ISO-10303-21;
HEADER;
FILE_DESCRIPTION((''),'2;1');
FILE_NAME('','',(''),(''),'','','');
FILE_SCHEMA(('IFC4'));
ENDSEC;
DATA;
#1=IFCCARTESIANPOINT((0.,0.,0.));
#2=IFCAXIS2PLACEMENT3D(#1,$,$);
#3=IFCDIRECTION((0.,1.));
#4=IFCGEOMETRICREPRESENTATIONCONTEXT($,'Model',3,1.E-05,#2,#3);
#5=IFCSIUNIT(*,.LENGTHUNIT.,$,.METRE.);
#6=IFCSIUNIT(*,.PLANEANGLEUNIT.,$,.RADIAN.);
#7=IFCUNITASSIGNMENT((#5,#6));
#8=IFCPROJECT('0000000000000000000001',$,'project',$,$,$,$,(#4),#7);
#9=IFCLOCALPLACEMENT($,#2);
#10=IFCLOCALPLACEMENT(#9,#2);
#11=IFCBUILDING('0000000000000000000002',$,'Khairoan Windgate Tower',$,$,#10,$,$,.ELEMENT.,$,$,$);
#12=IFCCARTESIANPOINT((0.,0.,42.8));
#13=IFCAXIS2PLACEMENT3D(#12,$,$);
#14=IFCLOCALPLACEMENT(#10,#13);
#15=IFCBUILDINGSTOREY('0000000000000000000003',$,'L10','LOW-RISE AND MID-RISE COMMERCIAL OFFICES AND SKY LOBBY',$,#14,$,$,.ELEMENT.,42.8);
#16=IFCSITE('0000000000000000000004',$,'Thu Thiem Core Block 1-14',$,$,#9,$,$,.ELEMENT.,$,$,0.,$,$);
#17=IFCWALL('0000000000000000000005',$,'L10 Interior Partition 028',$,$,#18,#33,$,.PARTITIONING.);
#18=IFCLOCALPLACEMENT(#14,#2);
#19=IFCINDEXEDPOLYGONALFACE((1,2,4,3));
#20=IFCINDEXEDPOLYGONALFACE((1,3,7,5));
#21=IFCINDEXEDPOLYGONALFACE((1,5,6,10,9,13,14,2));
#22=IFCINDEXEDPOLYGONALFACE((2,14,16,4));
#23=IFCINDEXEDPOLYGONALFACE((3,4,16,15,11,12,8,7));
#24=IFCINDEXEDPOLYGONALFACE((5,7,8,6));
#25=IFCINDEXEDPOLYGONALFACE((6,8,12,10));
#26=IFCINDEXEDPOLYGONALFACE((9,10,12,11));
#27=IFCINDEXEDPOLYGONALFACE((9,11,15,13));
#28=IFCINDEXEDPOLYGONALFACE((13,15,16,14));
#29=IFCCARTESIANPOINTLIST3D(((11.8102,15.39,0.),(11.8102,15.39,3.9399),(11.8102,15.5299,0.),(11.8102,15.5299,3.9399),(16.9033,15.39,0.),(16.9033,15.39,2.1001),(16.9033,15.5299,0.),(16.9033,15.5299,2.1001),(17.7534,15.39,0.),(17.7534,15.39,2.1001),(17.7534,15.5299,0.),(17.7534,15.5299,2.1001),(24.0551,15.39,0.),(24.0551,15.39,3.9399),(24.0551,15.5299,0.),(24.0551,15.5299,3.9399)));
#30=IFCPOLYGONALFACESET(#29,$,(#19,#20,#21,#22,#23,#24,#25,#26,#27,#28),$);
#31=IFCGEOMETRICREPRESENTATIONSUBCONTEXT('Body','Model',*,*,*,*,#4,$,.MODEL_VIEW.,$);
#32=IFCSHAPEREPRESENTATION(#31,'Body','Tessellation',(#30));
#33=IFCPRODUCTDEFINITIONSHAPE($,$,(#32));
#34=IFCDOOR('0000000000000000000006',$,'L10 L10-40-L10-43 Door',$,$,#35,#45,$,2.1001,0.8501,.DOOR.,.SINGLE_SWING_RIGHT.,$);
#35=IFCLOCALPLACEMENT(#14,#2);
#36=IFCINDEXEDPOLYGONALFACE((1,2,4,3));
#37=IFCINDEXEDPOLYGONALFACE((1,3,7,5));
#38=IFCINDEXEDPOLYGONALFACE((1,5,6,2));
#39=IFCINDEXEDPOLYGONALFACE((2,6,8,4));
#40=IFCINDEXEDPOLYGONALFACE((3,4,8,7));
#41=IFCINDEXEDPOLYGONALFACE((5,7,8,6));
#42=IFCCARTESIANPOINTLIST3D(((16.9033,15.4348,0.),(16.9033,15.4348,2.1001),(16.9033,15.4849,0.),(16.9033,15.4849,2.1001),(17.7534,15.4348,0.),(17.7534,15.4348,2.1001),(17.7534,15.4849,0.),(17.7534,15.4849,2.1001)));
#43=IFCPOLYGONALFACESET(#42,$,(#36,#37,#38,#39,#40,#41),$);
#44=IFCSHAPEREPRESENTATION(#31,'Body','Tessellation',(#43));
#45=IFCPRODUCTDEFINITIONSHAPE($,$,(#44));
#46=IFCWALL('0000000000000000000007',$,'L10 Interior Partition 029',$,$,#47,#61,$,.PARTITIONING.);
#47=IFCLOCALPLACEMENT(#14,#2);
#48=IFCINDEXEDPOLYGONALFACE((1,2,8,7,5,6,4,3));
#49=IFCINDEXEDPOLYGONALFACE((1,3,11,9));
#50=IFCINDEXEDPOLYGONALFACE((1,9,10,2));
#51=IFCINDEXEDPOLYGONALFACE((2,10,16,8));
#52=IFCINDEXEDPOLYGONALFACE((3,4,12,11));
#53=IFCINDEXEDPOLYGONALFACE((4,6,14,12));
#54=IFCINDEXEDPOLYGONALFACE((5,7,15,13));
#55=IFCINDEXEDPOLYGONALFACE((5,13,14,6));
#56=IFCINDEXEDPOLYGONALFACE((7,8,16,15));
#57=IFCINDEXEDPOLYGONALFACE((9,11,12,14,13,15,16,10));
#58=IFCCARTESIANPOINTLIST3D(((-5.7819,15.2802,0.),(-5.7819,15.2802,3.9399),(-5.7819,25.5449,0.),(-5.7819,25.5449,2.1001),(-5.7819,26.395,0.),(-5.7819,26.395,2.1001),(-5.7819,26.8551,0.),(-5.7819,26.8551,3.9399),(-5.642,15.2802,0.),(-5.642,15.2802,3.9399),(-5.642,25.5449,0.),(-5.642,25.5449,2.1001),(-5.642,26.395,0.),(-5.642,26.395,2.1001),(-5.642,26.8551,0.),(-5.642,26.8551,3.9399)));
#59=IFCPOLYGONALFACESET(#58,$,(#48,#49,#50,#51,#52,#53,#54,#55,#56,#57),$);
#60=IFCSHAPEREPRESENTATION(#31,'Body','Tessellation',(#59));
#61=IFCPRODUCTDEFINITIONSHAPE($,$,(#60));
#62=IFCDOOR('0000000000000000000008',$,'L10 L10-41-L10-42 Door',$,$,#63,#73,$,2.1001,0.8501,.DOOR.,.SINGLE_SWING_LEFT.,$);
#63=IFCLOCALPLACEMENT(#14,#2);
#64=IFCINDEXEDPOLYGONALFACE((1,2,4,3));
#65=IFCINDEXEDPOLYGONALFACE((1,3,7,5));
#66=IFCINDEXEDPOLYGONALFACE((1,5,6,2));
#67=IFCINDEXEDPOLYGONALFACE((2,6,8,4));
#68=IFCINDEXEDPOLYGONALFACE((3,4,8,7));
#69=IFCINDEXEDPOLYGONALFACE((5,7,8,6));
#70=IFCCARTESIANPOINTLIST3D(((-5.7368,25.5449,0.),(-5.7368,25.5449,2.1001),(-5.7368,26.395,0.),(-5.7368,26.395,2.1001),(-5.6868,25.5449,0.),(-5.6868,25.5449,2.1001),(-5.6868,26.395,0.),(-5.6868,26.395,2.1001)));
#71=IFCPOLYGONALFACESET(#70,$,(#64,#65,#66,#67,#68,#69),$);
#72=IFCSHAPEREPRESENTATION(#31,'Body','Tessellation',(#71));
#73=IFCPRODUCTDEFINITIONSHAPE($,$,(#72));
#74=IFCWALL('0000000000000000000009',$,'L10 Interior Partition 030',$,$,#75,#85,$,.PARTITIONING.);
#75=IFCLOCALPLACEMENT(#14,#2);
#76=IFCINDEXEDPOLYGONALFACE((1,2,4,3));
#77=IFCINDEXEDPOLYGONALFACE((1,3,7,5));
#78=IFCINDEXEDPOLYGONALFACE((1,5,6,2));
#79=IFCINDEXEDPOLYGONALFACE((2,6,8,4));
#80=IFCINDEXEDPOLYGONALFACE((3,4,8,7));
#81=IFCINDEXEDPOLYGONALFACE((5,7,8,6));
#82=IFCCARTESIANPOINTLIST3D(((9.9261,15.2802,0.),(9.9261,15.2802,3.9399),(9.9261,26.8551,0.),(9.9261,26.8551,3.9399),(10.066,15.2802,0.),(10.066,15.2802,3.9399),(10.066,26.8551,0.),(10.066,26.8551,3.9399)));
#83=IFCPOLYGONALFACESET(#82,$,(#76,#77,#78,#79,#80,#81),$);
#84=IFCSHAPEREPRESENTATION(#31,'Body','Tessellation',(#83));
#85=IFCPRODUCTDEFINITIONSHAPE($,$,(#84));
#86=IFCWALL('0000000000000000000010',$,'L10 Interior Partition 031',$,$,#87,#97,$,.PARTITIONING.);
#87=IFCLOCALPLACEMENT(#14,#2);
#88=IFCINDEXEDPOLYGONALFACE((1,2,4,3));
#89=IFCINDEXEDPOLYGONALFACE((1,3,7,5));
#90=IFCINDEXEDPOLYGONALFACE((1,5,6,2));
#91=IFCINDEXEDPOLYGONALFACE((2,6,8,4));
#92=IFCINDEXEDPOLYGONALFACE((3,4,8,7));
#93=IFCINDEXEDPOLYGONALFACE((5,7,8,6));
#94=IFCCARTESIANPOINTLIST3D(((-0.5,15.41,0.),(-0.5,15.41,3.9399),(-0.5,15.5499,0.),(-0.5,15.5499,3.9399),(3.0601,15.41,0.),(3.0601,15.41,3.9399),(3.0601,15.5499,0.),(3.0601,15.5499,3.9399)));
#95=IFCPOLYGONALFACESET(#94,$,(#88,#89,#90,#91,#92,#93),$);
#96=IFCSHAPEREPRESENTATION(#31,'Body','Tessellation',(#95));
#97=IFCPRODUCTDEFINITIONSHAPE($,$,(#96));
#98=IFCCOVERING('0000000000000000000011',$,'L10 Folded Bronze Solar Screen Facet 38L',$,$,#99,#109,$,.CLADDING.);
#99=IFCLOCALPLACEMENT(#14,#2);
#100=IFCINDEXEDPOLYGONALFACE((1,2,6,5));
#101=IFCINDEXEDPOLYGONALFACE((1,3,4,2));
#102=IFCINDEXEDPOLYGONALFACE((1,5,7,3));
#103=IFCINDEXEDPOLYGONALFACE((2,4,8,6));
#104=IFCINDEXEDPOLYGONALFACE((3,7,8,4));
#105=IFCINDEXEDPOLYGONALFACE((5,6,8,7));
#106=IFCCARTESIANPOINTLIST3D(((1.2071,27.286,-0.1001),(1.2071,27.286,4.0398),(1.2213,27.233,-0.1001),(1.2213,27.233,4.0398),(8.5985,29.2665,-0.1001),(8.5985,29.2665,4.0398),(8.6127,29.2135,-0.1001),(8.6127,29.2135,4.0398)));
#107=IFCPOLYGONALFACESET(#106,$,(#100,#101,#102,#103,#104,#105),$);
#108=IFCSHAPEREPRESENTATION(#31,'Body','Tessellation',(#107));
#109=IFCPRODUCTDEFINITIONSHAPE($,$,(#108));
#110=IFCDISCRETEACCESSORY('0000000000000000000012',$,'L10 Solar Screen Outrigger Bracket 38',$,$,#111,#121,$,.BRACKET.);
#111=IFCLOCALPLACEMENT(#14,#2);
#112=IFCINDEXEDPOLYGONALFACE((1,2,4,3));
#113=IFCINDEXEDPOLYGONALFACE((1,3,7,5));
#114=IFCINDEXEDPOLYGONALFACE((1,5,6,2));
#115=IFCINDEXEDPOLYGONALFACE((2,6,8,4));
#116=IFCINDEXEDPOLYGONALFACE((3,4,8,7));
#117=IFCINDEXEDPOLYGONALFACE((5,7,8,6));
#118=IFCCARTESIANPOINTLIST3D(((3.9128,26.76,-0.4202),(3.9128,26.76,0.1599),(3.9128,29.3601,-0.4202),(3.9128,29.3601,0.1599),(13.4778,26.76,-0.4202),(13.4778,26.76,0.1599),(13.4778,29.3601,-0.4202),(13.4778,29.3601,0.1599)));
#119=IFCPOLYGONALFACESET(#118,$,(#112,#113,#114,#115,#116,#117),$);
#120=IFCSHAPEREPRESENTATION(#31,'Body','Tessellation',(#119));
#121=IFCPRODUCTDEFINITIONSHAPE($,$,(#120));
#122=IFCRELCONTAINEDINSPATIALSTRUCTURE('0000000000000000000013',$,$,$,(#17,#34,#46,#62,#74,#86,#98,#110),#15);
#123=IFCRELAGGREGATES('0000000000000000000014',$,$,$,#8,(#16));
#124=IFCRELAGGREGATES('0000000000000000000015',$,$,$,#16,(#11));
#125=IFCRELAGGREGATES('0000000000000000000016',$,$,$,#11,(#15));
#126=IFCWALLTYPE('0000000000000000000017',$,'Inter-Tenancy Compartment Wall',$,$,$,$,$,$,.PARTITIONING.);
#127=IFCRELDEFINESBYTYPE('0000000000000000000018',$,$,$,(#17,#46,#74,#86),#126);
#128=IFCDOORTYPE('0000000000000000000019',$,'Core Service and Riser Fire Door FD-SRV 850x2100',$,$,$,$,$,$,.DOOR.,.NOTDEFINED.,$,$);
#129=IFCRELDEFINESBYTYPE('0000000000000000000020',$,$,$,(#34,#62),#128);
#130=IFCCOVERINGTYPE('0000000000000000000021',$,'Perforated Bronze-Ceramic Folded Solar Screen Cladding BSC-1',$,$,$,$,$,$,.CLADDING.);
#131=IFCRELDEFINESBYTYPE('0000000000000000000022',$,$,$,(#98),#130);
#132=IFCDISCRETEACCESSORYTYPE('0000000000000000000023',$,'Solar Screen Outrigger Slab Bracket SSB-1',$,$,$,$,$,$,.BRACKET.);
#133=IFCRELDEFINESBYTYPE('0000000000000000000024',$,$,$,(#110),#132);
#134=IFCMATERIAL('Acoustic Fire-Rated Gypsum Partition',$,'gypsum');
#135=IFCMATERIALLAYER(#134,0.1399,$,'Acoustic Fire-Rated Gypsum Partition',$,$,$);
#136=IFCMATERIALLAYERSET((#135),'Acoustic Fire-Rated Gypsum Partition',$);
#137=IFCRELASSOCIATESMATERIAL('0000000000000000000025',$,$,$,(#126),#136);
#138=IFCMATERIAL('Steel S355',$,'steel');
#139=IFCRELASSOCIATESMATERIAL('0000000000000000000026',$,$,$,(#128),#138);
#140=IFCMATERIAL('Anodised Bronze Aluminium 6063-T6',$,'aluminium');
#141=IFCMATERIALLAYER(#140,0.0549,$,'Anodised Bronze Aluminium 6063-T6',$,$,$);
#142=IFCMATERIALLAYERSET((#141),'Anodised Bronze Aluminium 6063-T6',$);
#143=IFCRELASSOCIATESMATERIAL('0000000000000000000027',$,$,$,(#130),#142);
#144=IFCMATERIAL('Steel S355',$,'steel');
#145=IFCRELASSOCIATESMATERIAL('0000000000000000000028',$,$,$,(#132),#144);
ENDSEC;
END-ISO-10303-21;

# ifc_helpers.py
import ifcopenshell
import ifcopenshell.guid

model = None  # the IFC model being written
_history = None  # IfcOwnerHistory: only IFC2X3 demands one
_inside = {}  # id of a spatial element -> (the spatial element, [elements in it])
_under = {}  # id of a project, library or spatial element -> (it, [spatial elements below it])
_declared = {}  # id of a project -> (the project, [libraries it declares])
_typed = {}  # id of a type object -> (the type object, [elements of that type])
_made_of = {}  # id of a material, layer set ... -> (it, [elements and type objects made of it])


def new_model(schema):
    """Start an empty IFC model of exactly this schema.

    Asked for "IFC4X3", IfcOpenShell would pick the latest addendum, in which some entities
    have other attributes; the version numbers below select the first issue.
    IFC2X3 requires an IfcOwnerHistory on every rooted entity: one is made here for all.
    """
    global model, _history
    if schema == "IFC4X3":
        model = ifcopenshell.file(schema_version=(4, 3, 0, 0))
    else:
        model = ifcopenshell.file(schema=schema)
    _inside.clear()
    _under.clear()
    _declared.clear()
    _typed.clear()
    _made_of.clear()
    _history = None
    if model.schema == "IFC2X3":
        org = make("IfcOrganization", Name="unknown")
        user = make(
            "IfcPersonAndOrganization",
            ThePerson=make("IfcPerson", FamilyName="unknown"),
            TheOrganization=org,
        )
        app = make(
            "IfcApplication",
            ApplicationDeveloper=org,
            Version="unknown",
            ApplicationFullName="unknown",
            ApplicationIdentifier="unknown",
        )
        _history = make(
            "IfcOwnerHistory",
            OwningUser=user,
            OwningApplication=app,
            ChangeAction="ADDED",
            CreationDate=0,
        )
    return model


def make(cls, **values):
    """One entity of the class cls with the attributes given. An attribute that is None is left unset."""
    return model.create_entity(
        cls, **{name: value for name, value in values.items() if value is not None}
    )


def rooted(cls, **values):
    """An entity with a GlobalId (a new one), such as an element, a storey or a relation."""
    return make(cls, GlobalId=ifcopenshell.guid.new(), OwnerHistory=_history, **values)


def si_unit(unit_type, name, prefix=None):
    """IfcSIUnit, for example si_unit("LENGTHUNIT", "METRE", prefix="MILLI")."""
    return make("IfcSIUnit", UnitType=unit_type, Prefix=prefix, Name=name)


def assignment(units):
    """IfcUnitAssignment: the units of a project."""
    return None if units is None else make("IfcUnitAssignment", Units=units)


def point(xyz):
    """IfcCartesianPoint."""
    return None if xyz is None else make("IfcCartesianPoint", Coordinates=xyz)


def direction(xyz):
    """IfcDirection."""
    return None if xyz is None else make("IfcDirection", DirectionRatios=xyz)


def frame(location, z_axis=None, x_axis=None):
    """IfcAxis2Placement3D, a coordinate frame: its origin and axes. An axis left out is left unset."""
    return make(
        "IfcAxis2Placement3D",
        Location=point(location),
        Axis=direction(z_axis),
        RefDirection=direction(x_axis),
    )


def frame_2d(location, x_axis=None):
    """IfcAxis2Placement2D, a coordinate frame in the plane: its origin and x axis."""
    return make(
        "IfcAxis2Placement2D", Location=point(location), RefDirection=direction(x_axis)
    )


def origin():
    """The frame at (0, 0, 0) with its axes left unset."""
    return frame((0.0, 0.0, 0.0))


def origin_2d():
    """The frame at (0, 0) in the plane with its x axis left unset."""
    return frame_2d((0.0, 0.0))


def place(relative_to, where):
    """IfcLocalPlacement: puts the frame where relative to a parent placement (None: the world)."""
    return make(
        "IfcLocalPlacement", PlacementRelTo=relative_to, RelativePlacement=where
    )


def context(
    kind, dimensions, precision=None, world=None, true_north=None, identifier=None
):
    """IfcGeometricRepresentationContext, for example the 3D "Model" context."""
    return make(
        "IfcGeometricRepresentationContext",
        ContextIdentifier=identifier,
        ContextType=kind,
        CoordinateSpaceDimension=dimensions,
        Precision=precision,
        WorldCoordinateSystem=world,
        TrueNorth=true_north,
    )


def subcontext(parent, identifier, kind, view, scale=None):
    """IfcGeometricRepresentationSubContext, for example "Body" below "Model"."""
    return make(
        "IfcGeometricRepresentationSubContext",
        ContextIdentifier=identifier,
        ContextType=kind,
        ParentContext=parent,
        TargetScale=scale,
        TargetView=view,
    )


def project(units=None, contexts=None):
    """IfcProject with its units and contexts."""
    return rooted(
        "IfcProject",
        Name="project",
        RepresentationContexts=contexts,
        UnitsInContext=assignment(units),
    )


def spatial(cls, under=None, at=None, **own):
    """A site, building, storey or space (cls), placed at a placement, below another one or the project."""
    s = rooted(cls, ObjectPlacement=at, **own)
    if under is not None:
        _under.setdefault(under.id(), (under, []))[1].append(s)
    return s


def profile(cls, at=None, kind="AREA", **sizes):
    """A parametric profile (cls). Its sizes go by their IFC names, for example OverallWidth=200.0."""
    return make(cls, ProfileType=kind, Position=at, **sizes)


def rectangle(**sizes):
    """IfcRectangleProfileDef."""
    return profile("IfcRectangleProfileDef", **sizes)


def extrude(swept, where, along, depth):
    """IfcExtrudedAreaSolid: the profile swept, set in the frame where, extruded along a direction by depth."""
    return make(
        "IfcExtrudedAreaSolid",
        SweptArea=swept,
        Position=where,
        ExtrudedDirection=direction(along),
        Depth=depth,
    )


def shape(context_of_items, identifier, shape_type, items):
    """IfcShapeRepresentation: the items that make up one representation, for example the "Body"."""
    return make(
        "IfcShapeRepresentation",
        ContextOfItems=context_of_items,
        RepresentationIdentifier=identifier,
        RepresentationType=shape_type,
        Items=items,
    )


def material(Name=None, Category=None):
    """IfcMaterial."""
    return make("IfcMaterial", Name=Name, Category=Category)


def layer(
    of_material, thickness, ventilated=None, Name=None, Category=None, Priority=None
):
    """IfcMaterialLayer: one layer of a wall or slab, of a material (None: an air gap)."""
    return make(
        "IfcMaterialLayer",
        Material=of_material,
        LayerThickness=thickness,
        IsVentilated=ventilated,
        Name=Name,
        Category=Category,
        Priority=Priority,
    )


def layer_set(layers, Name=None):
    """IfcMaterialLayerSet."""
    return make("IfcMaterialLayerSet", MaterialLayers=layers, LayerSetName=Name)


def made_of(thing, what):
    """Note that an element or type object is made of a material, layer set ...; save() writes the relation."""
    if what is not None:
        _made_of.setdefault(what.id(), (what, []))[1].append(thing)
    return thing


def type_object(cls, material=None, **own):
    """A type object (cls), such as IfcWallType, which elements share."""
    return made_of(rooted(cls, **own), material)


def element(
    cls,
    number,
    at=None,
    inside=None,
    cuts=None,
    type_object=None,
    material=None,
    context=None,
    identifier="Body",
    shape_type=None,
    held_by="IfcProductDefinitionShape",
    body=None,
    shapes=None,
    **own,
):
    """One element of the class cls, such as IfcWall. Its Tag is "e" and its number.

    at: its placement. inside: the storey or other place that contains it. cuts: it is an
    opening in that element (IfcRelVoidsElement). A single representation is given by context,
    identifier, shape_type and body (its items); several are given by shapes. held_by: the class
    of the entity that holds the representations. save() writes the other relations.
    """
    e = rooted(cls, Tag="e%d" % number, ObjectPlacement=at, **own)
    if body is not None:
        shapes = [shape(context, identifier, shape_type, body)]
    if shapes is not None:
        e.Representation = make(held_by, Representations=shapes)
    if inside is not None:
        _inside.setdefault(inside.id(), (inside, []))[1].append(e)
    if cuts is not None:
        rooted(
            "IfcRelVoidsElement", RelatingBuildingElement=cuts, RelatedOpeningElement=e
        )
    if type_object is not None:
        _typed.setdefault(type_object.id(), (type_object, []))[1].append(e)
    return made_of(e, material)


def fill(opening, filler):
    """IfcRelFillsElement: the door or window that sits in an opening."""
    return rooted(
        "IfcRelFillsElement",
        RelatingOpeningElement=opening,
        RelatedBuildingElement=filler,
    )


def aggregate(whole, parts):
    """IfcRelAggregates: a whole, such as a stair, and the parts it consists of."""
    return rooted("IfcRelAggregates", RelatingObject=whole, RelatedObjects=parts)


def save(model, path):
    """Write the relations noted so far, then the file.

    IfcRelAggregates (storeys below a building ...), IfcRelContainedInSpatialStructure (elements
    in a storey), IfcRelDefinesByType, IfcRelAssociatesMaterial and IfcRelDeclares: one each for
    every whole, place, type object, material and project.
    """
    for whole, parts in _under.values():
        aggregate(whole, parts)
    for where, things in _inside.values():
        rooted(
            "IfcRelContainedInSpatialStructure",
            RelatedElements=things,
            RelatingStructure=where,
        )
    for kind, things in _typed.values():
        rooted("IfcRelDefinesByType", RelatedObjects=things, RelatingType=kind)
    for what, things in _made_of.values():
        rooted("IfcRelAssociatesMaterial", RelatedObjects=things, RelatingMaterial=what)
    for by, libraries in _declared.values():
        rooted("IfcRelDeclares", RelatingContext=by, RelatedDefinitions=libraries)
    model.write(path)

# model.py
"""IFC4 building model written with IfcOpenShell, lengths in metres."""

from ifc_helpers import new_model, si_unit, direction, frame, frame_2d, origin, origin_2d, place, context, subcontext, project, spatial, rectangle, extrude, material, layer, layer_set, type_object, element, fill, save


model = new_model("IFC4")

# Units and contexts
model_context = context("Model", 3, precision=1e-05, world=origin(), true_north=direction((0.0, 1.0)))
body_context = subcontext(model_context, "Body", "Model", "MODEL_VIEW")
ifc_project = project(units=[si_unit("LENGTHUNIT", "METRE"), si_unit("PLANEANGLEUNIT", "RADIAN")], contexts=[model_context])

# Site, building, storey
site_placement = place(None, origin())
site = spatial("IfcSite", under=ifc_project, at=site_placement, Name="Thu Thiem Core Block 1-14", CompositionType="ELEMENT", RefElevation=0.0)
building_placement = place(site_placement, origin())
building = spatial("IfcBuilding", under=site, at=building_placement, Name="Khairoan Windgate Tower", CompositionType="ELEMENT")
storey_placement = place(building_placement, frame((0.0, 0.0, 42.8)))
storey = spatial("IfcBuildingStorey", under=building, at=storey_placement, Name="L10", Description="LOW-RISE AND MID-RISE COMMERCIAL OFFICES AND SKY LOBBY", CompositionType="ELEMENT", Elevation=42.8)

# Walls, openings, doors
ifc_material_1 = material(Name="Acoustic Fire-Rated Gypsum Partition", Category="gypsum")
ifc_layer_1 = layer(ifc_material_1, 0.1399, Name="Acoustic Fire-Rated Gypsum Partition")
ifc_layer_set_1 = layer_set([ifc_layer_1], Name="Acoustic Fire-Rated Gypsum Partition")
wall_type_1 = type_object("IfcWallType", Name="Inter-Tenancy Compartment Wall", PredefinedType="PARTITIONING", material=ifc_layer_set_1)
wall_1_placement = place(storey_placement, frame((11.8101, 15.46, 0.0), z_axis=(0.0, 0.0, 1.0), x_axis=(1.0, 0.0, 0.0)))
wall_1 = element("IfcWall", 1, at=wall_1_placement, inside=storey, type_object=wall_type_1, Name="L10 Interior Partition 028", PredefinedType="PARTITIONING", context=body_context, shape_type="SweptSolid", body=[
    extrude(rectangle(XDim=12.2449, YDim=0.1399, at=frame_2d((6.1226, 0.0))), origin(), (0.0, 0.0, 1.0), 3.9399),
])
opening_1_placement = place(wall_1_placement, frame((5.0933, 0.0, 0.0)))
opening_1 = element("IfcOpeningElement", 2, at=opening_1_placement, cuts=wall_1, PredefinedType="OPENING", context=body_context, shape_type="SweptSolid", body=[
    extrude(rectangle(XDim=0.8501, YDim=2.1001, at=frame_2d((0.425, 1.05))), frame((0.0, 0.0798, 0.0), z_axis=(0.0, -1.0, 0.0), x_axis=(1.0, 0.0, 0.0)), (0.0, 0.0, 1.0), 0.1599),
])
ifc_material_2 = material(Name="Steel S355", Category="steel")
door_type = type_object("IfcDoorType", Name="Core Service and Riser Fire Door FD-SRV 850x2100", OperationType="NOTDEFINED", PredefinedType="DOOR", material=ifc_material_2)
door_1_placement = place(opening_1_placement, origin())
door_1 = element("IfcDoor", 3, at=door_1_placement, inside=storey, type_object=door_type, Name="L10 L10-40-L10-43 Door", OperationType="SINGLE_SWING_RIGHT", OverallHeight=2.1001, OverallWidth=0.8501, PredefinedType="DOOR", context=body_context, shape_type="SweptSolid", body=[
    extrude(rectangle(XDim=0.8501, YDim=2.1001, at=frame_2d((0.425, 1.05))), frame((0.0, 0.0249, 0.0), z_axis=(0.0, -1.0, 0.0), x_axis=(1.0, 0.0, 0.0)), (0.0, 0.0, 1.0), 0.05),
])
fill(opening_1, door_1)
wall_2_placement = place(storey_placement, frame((-5.7119, 15.28, 0.0), z_axis=(0.0, 0.0, 1.0), x_axis=(0.0, 1.0, 0.0)))
wall_2 = element("IfcWall", 4, at=wall_2_placement, inside=storey, type_object=wall_type_1, Name="L10 Interior Partition 029", PredefinedType="PARTITIONING", context=body_context, shape_type="SweptSolid", body=[
    extrude(rectangle(XDim=11.575, YDim=0.1399, at=frame_2d((5.7876, 0.0))), origin(), (0.0, 0.0, 1.0), 3.9399),
])
opening_2_placement = place(wall_2_placement, frame((10.2649, 0.0, 0.0)))
opening_2 = element("IfcOpeningElement", 5, at=opening_2_placement, cuts=wall_2, PredefinedType="OPENING", context=body_context, shape_type="SweptSolid", body=[
    extrude(rectangle(XDim=0.8501, YDim=2.1001, at=frame_2d((0.425, 1.05))), frame((0.0, 0.0798, 0.0), z_axis=(0.0, -1.0, 0.0), x_axis=(1.0, 0.0, 0.0)), (0.0, 0.0, 1.0), 0.1599),
])
door_2_placement = place(opening_2_placement, origin())
door_2 = element("IfcDoor", 6, at=door_2_placement, inside=storey, type_object=door_type, Name="L10 L10-41-L10-42 Door", OperationType="SINGLE_SWING_LEFT", OverallHeight=2.1001, OverallWidth=0.8501, PredefinedType="DOOR", context=body_context, shape_type="SweptSolid", body=[
    extrude(rectangle(XDim=0.8501, YDim=2.1001, at=frame_2d((0.425, 1.05))), frame((0.0, 0.0249, 0.0), z_axis=(0.0, -1.0, 0.0), x_axis=(1.0, 0.0, 0.0)), (0.0, 0.0, 1.0), 0.05),
])
fill(opening_2, door_2)

# Walls
wall_3_placement = place(storey_placement, frame((9.9961, 15.28, 0.0), z_axis=(0.0, 0.0, 1.0), x_axis=(0.0, 1.0, 0.0)))
element("IfcWall", 7, at=wall_3_placement, inside=storey, type_object=wall_type_1, Name="L10 Interior Partition 030", PredefinedType="PARTITIONING", context=body_context, shape_type="SweptSolid", body=[
    extrude(rectangle(XDim=11.575, YDim=0.1399, at=frame_2d((5.7876, 0.0))), origin(), (0.0, 0.0, 1.0), 3.9399),
])
wall_4_placement = place(storey_placement, frame((-0.5, 15.48, 0.0), z_axis=(0.0, 0.0, 1.0), x_axis=(1.0, 0.0, 0.0)))
element("IfcWall", 8, at=wall_4_placement, inside=storey, type_object=wall_type_1, Name="L10 Interior Partition 031", PredefinedType="PARTITIONING", context=body_context, shape_type="SweptSolid", body=[
    extrude(rectangle(XDim=3.5601, YDim=0.1399, at=frame_2d((1.78, 0.0))), origin(), (0.0, 0.0, 1.0), 3.9399),
])

# Covering
ifc_material_3 = material(Name="Anodised Bronze Aluminium 6063-T6", Category="aluminium")
ifc_layer_2 = layer(ifc_material_3, 0.0549, Name="Anodised Bronze Aluminium 6063-T6")
ifc_layer_set_2 = layer_set([ifc_layer_2], Name="Anodised Bronze Aluminium 6063-T6")
covering_type = type_object("IfcCoveringType", Name="Perforated Bronze-Ceramic Folded Solar Screen Cladding BSC-1", PredefinedType="CLADDING", material=ifc_layer_set_2)
covering_placement = place(storey_placement, frame((4.9099, 28.2498, -0.1001), z_axis=(0.0, 0.0, 1.0), x_axis=(0.965926, 0.258819, 0.0)))
element("IfcCovering", 9, at=covering_placement, inside=storey, type_object=covering_type, Name="L10 Folded Bronze Solar Screen Facet 38L", PredefinedType="CLADDING", context=body_context, shape_type="SweptSolid", body=[
    extrude(rectangle(XDim=7.6521, YDim=0.0549, at=origin_2d()), origin(), (0.0, 0.0, 1.0), 4.1399),
])

# Discrete accessory
ifc_material_4 = material(Name="Steel S355", Category="steel")
discrete_accessory_type = type_object("IfcDiscreteAccessoryType", Name="Solar Screen Outrigger Slab Bracket SSB-1", PredefinedType="BRACKET", material=ifc_material_4)
discrete_accessory_placement = place(storey_placement, frame((8.6953, 28.0601, -0.4202), z_axis=(0.0, 0.0, 1.0), x_axis=(1.0, 0.0, 0.0)))
element("IfcDiscreteAccessory", 10, at=discrete_accessory_placement, inside=storey, type_object=discrete_accessory_type, Name="L10 Solar Screen Outrigger Bracket 38", PredefinedType="BRACKET", context=body_context, shape_type="SweptSolid", body=[
    extrude(rectangle(XDim=9.5649, YDim=2.6001, at=origin_2d()), origin(), (0.0, 0.0, 1.0), 0.5801),
])

save(model, "model.ifc")
